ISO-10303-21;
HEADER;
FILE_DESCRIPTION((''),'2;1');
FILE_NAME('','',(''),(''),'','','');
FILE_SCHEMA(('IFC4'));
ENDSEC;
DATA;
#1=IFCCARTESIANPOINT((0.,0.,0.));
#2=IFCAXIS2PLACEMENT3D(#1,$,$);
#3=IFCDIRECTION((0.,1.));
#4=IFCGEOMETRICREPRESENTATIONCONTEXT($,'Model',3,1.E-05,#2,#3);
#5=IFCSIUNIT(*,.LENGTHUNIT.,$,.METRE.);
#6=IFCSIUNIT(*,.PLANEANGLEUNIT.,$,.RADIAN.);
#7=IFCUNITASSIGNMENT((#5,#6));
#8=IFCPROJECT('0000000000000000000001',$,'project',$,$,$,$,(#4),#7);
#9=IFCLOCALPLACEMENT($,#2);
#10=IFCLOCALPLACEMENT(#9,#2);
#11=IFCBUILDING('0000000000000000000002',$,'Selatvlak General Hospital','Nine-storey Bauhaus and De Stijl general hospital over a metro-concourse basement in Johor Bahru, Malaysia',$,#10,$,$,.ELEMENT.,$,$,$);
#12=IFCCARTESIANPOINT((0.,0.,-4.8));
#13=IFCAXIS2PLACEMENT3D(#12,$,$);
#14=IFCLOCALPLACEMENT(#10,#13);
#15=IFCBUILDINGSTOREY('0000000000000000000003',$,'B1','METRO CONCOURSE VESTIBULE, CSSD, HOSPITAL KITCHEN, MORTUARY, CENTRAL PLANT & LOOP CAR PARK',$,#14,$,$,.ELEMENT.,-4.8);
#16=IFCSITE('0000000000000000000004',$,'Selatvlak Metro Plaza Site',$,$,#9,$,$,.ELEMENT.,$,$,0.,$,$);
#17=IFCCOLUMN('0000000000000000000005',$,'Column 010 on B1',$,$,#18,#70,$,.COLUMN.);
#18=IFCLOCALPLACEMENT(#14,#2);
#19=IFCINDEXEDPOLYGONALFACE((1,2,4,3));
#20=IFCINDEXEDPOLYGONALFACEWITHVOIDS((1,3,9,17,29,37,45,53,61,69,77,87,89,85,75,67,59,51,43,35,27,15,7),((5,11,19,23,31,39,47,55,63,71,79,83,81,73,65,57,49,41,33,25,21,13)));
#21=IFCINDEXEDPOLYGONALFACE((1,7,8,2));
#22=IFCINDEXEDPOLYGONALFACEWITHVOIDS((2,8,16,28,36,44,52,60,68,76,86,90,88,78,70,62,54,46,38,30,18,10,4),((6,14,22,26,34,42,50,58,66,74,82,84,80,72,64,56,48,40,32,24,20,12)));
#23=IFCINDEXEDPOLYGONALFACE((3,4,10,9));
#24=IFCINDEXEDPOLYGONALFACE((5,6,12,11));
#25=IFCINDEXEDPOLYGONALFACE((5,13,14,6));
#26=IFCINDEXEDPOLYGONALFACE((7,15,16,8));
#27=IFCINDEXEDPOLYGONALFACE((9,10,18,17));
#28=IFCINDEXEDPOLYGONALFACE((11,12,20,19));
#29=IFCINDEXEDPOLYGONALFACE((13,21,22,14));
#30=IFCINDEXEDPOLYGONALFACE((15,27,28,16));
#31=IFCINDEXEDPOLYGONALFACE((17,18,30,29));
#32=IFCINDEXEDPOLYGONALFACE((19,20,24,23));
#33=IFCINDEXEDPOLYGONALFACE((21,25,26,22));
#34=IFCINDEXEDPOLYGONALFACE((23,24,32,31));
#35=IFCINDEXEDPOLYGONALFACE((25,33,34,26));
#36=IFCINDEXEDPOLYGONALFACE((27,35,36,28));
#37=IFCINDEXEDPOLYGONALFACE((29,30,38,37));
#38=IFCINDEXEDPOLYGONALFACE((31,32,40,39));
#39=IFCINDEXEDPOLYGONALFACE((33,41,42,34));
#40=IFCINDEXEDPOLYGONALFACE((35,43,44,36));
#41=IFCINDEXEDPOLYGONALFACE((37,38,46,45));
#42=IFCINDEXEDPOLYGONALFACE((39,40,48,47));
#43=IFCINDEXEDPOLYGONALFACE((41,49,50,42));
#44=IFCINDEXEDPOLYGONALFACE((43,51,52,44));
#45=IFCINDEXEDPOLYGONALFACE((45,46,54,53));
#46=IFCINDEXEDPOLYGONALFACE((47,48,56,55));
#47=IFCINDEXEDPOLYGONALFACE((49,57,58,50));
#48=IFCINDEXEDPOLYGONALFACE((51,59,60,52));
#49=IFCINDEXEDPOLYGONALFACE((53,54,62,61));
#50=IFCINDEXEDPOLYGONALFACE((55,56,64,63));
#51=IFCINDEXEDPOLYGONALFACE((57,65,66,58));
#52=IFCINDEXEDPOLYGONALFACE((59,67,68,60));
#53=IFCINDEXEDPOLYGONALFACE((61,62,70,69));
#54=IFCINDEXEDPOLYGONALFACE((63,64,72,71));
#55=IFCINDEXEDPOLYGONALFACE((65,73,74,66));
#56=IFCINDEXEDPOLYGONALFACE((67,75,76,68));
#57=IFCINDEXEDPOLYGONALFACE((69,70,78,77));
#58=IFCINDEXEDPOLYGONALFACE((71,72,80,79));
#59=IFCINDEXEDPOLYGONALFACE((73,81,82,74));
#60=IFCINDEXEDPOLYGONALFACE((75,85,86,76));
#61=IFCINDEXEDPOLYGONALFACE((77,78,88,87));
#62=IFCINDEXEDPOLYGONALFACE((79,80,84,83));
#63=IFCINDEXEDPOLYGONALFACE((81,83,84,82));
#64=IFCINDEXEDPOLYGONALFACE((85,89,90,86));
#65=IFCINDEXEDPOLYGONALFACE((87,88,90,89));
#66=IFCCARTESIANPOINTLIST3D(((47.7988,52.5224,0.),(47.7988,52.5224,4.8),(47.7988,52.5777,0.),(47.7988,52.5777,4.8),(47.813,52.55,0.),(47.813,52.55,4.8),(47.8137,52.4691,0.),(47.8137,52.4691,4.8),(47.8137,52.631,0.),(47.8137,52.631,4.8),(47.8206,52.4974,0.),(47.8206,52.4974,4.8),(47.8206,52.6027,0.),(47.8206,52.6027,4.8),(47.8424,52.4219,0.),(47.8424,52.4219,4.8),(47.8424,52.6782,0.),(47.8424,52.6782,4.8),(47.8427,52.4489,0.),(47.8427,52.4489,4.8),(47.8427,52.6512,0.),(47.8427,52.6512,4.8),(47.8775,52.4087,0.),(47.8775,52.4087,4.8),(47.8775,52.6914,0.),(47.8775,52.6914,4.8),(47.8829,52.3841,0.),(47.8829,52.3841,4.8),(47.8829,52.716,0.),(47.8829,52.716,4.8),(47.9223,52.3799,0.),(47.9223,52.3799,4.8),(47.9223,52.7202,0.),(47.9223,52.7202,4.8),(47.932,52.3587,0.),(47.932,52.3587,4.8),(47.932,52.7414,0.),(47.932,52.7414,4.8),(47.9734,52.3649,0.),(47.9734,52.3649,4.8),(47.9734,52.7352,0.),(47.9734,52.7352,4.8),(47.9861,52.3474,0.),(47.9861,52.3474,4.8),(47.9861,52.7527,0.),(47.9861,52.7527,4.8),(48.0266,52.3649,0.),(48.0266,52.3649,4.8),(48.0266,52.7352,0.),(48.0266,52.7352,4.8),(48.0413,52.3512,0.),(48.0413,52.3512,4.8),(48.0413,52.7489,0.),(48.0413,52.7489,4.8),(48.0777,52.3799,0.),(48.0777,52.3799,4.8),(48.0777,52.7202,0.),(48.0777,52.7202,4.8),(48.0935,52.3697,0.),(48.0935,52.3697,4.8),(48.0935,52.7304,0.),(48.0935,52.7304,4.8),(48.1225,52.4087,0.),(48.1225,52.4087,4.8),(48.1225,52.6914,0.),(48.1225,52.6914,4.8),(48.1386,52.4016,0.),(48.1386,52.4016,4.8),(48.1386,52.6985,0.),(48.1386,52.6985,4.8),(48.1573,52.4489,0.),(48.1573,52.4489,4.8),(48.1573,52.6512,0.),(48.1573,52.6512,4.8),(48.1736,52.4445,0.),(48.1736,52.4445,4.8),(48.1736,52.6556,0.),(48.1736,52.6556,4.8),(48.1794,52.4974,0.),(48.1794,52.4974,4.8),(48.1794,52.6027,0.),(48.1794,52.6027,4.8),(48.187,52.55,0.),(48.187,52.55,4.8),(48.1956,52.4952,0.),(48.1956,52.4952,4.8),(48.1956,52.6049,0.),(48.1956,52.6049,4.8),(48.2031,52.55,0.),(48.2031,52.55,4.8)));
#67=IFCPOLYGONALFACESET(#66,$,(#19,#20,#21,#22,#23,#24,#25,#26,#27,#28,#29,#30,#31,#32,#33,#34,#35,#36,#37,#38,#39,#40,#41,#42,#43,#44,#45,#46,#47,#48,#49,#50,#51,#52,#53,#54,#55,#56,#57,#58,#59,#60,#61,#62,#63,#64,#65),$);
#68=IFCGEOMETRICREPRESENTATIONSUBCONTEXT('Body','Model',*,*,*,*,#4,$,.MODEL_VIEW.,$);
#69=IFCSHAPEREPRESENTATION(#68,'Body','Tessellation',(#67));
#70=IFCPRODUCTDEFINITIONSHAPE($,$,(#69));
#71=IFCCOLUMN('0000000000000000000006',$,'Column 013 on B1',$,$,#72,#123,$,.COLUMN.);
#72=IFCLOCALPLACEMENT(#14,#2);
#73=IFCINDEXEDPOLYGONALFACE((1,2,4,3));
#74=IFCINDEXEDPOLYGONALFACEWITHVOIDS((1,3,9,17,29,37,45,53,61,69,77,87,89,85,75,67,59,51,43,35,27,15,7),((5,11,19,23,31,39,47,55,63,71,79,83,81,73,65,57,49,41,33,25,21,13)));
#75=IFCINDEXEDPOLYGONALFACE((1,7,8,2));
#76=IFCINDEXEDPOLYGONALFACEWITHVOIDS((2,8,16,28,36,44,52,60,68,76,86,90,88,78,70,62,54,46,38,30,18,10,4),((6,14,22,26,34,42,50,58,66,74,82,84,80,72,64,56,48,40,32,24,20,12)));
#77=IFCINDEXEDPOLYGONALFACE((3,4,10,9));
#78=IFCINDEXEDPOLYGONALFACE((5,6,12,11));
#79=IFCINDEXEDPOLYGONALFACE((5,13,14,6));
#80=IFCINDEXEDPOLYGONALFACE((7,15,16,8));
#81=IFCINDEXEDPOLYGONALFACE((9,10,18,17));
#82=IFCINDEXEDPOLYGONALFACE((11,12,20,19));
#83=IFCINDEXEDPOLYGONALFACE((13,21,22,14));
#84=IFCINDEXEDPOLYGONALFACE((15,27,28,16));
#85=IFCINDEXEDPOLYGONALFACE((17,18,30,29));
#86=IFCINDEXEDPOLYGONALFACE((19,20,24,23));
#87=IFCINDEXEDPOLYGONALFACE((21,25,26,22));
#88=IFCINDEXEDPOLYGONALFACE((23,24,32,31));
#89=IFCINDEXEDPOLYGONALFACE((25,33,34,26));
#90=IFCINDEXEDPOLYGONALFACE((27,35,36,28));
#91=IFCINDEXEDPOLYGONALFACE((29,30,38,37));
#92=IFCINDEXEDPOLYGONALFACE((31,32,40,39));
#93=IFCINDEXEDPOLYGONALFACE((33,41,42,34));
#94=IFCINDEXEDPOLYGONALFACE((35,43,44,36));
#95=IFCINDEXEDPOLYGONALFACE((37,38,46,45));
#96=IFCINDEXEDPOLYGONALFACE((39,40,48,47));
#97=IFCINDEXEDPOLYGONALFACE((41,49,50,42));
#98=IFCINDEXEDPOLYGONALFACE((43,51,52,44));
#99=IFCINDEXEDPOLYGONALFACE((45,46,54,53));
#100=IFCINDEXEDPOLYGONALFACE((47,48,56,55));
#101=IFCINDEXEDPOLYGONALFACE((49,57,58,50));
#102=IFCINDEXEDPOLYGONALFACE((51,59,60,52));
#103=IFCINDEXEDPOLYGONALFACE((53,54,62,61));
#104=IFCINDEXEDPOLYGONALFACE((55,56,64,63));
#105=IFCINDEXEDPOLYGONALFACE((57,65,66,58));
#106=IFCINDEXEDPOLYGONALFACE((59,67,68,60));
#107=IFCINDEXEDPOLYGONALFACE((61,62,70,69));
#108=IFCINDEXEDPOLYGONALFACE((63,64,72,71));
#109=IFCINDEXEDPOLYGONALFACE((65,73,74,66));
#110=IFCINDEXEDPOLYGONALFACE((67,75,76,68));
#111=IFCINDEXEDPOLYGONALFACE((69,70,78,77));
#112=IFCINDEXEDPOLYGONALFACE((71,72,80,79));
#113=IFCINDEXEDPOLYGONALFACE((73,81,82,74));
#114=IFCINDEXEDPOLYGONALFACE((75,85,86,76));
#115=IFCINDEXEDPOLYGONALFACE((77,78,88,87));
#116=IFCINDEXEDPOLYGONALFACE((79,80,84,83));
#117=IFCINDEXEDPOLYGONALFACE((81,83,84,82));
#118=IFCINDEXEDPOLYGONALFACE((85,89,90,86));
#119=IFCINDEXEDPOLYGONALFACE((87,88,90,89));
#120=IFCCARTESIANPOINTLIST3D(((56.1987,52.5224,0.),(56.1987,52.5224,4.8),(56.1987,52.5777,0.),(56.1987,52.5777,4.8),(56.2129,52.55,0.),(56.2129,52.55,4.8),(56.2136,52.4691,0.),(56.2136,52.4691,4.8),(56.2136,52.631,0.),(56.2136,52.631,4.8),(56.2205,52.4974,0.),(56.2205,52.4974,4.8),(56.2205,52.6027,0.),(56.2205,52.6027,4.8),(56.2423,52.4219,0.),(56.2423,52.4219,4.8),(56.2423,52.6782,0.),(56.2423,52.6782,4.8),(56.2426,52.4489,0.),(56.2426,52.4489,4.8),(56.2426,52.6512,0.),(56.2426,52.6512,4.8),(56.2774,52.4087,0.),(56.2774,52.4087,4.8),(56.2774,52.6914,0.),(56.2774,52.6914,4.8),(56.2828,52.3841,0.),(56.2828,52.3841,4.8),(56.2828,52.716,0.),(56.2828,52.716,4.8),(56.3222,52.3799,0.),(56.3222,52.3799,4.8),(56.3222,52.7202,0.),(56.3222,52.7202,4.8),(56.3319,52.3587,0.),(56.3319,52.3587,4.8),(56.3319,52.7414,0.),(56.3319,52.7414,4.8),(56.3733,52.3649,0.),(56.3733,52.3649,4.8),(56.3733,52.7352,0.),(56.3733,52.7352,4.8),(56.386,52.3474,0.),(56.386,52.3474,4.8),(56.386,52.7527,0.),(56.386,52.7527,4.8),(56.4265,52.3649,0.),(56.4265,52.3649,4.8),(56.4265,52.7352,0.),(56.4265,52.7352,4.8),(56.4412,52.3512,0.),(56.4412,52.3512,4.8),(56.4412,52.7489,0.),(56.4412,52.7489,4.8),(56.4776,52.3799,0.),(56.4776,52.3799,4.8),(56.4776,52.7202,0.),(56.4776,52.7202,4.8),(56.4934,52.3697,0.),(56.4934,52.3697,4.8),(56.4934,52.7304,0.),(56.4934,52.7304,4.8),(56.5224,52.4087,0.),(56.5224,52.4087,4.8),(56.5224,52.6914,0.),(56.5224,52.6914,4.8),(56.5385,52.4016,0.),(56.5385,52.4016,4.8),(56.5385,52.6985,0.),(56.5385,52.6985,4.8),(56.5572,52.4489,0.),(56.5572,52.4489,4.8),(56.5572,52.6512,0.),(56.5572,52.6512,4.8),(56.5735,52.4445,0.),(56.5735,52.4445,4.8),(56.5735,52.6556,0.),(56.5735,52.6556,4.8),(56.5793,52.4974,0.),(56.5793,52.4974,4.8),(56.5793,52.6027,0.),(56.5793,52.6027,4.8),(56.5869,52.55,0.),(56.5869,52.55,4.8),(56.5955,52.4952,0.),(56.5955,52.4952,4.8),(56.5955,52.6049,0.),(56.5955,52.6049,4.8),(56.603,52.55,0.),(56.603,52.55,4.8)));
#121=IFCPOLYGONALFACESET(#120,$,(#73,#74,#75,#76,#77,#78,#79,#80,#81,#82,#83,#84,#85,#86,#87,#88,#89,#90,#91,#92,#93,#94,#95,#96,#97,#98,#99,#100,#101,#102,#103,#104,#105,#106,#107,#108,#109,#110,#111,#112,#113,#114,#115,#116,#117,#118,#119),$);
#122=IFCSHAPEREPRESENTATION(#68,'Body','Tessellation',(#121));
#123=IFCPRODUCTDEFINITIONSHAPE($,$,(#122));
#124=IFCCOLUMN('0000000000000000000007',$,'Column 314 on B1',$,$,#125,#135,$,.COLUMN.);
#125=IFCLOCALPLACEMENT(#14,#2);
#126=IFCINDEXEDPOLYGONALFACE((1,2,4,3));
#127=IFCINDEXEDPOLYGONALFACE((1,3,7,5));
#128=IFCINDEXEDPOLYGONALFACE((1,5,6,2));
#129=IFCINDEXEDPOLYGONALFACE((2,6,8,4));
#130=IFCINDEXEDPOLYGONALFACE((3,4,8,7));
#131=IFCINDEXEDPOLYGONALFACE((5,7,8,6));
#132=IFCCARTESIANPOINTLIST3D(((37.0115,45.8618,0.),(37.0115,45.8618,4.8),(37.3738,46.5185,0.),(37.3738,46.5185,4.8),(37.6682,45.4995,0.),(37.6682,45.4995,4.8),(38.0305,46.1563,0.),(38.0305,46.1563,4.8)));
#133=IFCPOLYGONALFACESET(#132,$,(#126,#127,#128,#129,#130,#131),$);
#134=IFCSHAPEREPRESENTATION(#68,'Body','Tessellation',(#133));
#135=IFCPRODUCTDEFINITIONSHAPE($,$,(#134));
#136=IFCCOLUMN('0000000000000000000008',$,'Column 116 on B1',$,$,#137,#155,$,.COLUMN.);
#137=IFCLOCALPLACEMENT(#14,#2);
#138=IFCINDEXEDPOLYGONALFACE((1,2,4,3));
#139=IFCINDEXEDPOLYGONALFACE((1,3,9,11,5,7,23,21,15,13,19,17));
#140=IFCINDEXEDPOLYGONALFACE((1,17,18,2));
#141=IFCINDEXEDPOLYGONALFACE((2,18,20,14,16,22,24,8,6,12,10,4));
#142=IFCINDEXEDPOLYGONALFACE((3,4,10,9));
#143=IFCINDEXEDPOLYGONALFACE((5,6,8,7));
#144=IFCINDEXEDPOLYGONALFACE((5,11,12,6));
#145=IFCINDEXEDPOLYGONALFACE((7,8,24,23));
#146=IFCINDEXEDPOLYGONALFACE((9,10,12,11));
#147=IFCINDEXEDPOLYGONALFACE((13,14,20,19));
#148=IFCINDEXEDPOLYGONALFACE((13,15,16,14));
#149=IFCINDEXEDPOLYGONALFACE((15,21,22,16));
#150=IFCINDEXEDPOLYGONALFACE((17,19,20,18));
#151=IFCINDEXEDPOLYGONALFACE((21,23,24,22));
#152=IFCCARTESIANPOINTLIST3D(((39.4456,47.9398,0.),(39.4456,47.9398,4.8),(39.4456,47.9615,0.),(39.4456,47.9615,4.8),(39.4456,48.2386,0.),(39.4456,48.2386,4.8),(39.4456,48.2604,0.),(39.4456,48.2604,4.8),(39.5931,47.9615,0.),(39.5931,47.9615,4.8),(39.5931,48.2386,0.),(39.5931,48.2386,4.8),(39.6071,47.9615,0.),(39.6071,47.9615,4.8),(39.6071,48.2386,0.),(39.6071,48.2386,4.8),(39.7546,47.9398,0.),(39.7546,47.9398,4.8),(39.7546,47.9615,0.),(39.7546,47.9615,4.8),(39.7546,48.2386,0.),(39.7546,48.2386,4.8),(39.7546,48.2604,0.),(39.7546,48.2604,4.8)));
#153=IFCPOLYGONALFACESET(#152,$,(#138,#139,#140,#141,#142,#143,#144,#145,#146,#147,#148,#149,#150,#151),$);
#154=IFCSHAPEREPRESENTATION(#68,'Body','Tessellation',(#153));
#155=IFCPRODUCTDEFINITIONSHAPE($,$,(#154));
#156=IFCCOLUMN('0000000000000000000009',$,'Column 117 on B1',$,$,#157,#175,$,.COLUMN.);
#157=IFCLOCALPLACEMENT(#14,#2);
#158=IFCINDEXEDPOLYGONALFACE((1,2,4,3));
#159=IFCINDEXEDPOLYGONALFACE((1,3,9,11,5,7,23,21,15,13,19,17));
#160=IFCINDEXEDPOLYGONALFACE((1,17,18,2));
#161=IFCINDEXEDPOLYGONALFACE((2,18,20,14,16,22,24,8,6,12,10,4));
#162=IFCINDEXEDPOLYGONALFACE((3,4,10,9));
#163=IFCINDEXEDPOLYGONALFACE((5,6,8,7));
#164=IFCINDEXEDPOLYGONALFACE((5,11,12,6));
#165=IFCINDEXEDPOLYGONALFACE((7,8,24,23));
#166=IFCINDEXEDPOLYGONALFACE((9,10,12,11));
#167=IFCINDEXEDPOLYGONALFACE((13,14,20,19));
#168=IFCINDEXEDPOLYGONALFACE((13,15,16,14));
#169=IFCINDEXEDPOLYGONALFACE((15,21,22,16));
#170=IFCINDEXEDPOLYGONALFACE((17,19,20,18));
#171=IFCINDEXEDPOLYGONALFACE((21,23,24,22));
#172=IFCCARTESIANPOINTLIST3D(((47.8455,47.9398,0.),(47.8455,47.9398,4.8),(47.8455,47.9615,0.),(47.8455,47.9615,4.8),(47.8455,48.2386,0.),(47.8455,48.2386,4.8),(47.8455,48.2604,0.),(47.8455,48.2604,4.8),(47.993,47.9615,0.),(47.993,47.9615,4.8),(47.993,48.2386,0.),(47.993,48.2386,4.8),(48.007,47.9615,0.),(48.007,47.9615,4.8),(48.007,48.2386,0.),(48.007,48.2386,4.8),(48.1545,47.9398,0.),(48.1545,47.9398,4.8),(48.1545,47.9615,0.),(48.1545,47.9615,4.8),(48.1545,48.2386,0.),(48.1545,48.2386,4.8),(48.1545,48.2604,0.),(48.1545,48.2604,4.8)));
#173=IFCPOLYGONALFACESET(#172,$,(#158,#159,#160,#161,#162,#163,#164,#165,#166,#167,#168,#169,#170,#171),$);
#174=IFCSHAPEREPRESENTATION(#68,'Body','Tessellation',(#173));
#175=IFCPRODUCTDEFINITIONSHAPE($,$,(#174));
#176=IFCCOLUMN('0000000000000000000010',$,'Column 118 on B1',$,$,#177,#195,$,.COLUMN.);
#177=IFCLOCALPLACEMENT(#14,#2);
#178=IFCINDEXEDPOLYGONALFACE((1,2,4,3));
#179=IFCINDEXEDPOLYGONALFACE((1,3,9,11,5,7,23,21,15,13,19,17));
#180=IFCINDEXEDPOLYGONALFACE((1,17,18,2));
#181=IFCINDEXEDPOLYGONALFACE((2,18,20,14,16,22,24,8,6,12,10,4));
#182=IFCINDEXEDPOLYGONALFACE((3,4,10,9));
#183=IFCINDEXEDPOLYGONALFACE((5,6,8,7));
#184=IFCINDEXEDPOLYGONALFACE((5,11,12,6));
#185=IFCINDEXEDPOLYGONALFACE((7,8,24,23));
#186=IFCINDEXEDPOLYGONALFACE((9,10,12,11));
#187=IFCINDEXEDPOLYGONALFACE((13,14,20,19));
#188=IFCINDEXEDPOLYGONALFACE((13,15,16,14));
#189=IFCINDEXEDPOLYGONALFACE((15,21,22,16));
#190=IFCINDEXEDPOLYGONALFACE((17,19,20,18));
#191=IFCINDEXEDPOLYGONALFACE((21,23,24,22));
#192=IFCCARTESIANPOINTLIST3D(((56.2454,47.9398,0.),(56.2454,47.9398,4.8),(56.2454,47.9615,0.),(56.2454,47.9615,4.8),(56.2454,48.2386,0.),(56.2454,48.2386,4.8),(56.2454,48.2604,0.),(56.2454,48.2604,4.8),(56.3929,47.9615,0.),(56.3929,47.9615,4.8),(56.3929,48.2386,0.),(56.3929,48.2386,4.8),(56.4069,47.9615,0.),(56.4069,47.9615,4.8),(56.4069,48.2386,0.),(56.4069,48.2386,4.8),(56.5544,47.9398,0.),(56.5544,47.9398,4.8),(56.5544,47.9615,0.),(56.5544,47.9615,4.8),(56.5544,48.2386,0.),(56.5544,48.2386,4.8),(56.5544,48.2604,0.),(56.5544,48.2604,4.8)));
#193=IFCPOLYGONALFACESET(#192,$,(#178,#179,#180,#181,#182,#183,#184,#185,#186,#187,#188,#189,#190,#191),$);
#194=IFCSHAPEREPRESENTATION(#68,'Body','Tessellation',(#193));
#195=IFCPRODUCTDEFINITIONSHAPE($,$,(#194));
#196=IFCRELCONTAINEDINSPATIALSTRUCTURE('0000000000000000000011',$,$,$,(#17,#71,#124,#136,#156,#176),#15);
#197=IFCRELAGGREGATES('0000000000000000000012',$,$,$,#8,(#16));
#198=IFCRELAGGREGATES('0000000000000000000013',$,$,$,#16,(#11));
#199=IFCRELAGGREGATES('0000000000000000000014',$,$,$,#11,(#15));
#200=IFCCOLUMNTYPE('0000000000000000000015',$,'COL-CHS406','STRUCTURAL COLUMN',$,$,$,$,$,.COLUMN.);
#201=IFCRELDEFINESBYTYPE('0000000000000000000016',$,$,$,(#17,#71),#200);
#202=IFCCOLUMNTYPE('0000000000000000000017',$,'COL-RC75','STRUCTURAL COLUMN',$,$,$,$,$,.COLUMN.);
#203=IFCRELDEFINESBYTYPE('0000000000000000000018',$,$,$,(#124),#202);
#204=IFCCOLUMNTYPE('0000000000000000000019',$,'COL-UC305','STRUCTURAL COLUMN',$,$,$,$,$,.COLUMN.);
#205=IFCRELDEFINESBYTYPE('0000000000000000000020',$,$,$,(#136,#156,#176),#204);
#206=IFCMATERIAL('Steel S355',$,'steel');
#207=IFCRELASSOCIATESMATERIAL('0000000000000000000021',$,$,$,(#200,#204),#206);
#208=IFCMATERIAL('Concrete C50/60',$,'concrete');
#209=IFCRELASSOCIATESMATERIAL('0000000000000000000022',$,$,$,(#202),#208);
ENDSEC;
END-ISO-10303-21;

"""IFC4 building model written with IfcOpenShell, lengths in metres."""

from ifc_helpers import new_model, si_unit, direction, frame, origin, origin_2d, place, context, subcontext, project, spatial, rectangle, hollow_circle, i_section, extrude, material, material_profile, profile_set, type_object, element, save


model = new_model("IFC4")

# Units and contexts
model_context = context("Model", 3, precision=1e-05, world=origin(), true_north=direction((0.0, 1.0)))
body_context = subcontext(model_context, "Body", "Model", "MODEL_VIEW")
ifc_project = project(units=[si_unit("LENGTHUNIT", "METRE"), si_unit("PLANEANGLEUNIT", "RADIAN")], contexts=[model_context])

# Site, building, storey
site_placement = place(None, origin())
site = spatial("IfcSite", under=ifc_project, at=site_placement, Name="Selatvlak Metro Plaza Site", CompositionType="ELEMENT", RefElevation=0.0)
building_placement = place(site_placement, origin())
building = spatial("IfcBuilding", under=site, at=building_placement, Name="Selatvlak General Hospital", Description="Nine-storey Bauhaus and De Stijl general hospital over a metro-concourse basement in Johor Bahru, Malaysia", CompositionType="ELEMENT")
storey_placement = place(building_placement, frame((0.0, 0.0, -4.8)))
storey = spatial("IfcBuildingStorey", under=building, at=storey_placement, Name="B1", Description="METRO CONCOURSE VESTIBULE, CSSD, HOSPITAL KITCHEN, MORTUARY, CENTRAL PLANT & LOOP CAR PARK", CompositionType="ELEMENT", Elevation=-4.8)

# Columns
ifc_material_1 = material(Name="Steel S355", Category="steel")
ifc_material_profile_1 = material_profile(ifc_material_1, hollow_circle(Radius=0.2031, WallThickness=0.0161, at=origin_2d()), Name="CHS 406.4x16")
ifc_profile_set_1 = profile_set([ifc_material_profile_1], Name="Steel S355")
column_type_1 = type_object("IfcColumnType", Name="COL-CHS406", Description="STRUCTURAL COLUMN", PredefinedType="COLUMN", material=ifc_profile_set_1)
for number, where, z_axis, x_axis, name in (
    (1, (48.0, 52.55, 0.0), (0.0, 0.0, 1.0), (1.0, 0.0, 0.0), "Column 010 on B1"),
    (2, (56.3999, 52.55, 0.0), (0.0, 0.0, 1.0), (1.0, 0.0, 0.0), "Column 013 on B1"),
):
    element("IfcColumn", number, at=place(storey_placement, frame(where, z_axis=z_axis, x_axis=x_axis)), inside=storey, type_object=column_type_1, Name=name, PredefinedType="COLUMN", context=body_context, shape_type="SweptSolid", body=[
        extrude(hollow_circle(Radius=0.2031, WallThickness=0.0161, at=origin_2d()), origin(), (0.0, 0.0, 1.0), 4.8),
    ])
ifc_material_2 = material(Name="Concrete C50/60", Category="concrete")
ifc_material_profile_2 = material_profile(ifc_material_2, rectangle(XDim=0.75, YDim=0.75, at=origin_2d()), Name="RC-COL 750x750")
ifc_profile_set_2 = profile_set([ifc_material_profile_2], Name="Concrete C50/60")
column_type_2 = type_object("IfcColumnType", Name="COL-RC75", Description="STRUCTURAL COLUMN", PredefinedType="COLUMN", material=ifc_profile_set_2)
column_placement = place(storey_placement, frame((37.521, 46.009, 0.0), z_axis=(0.0, 0.0, 1.0), x_axis=(0.483007, 0.875616, 0.0)))
element("IfcColumn", 3, at=column_placement, inside=storey, type_object=column_type_2, Name="Column 314 on B1", PredefinedType="COLUMN", context=body_context, shape_type="SweptSolid", body=[
    extrude(rectangle(XDim=0.75, YDim=0.75, at=origin_2d()), origin(), (0.0, 0.0, 1.0), 4.8),
])
ifc_material_profile_3 = material_profile(ifc_material_1, i_section(OverallWidth=0.3091, OverallDepth=0.3206, WebThickness=0.0139, FlangeThickness=0.0217, at=origin_2d()), Name="UC 305x305x137")
ifc_profile_set_3 = profile_set([ifc_material_profile_3], Name="Steel S355")
column_type_3 = type_object("IfcColumnType", Name="COL-UC305", Description="STRUCTURAL COLUMN", PredefinedType="COLUMN", material=ifc_profile_set_3)
for number, where, z_axis, x_axis, name in (
    (4, (39.6001, 48.1001, 0.0), (0.0, 0.0, 1.0), (1.0, 0.0, 0.0), "Column 116 on B1"),
    (5, (48.0, 48.1001, 0.0), (0.0, 0.0, 1.0), (1.0, 0.0, 0.0), "Column 117 on B1"),
    (6, (56.3999, 48.1001, 0.0), (0.0, 0.0, 1.0), (1.0, 0.0, 0.0), "Column 118 on B1"),
):
    element("IfcColumn", number, at=place(storey_placement, frame(where, z_axis=z_axis, x_axis=x_axis)), inside=storey, type_object=column_type_3, Name=name, PredefinedType="COLUMN", context=body_context, shape_type="SweptSolid", body=[
        extrude(i_section(OverallWidth=0.3091, OverallDepth=0.3206, WebThickness=0.0139, FlangeThickness=0.0217, at=origin_2d()), origin(), (0.0, 0.0, 1.0), 4.8),
    ])

save(model, "model.ifc")
